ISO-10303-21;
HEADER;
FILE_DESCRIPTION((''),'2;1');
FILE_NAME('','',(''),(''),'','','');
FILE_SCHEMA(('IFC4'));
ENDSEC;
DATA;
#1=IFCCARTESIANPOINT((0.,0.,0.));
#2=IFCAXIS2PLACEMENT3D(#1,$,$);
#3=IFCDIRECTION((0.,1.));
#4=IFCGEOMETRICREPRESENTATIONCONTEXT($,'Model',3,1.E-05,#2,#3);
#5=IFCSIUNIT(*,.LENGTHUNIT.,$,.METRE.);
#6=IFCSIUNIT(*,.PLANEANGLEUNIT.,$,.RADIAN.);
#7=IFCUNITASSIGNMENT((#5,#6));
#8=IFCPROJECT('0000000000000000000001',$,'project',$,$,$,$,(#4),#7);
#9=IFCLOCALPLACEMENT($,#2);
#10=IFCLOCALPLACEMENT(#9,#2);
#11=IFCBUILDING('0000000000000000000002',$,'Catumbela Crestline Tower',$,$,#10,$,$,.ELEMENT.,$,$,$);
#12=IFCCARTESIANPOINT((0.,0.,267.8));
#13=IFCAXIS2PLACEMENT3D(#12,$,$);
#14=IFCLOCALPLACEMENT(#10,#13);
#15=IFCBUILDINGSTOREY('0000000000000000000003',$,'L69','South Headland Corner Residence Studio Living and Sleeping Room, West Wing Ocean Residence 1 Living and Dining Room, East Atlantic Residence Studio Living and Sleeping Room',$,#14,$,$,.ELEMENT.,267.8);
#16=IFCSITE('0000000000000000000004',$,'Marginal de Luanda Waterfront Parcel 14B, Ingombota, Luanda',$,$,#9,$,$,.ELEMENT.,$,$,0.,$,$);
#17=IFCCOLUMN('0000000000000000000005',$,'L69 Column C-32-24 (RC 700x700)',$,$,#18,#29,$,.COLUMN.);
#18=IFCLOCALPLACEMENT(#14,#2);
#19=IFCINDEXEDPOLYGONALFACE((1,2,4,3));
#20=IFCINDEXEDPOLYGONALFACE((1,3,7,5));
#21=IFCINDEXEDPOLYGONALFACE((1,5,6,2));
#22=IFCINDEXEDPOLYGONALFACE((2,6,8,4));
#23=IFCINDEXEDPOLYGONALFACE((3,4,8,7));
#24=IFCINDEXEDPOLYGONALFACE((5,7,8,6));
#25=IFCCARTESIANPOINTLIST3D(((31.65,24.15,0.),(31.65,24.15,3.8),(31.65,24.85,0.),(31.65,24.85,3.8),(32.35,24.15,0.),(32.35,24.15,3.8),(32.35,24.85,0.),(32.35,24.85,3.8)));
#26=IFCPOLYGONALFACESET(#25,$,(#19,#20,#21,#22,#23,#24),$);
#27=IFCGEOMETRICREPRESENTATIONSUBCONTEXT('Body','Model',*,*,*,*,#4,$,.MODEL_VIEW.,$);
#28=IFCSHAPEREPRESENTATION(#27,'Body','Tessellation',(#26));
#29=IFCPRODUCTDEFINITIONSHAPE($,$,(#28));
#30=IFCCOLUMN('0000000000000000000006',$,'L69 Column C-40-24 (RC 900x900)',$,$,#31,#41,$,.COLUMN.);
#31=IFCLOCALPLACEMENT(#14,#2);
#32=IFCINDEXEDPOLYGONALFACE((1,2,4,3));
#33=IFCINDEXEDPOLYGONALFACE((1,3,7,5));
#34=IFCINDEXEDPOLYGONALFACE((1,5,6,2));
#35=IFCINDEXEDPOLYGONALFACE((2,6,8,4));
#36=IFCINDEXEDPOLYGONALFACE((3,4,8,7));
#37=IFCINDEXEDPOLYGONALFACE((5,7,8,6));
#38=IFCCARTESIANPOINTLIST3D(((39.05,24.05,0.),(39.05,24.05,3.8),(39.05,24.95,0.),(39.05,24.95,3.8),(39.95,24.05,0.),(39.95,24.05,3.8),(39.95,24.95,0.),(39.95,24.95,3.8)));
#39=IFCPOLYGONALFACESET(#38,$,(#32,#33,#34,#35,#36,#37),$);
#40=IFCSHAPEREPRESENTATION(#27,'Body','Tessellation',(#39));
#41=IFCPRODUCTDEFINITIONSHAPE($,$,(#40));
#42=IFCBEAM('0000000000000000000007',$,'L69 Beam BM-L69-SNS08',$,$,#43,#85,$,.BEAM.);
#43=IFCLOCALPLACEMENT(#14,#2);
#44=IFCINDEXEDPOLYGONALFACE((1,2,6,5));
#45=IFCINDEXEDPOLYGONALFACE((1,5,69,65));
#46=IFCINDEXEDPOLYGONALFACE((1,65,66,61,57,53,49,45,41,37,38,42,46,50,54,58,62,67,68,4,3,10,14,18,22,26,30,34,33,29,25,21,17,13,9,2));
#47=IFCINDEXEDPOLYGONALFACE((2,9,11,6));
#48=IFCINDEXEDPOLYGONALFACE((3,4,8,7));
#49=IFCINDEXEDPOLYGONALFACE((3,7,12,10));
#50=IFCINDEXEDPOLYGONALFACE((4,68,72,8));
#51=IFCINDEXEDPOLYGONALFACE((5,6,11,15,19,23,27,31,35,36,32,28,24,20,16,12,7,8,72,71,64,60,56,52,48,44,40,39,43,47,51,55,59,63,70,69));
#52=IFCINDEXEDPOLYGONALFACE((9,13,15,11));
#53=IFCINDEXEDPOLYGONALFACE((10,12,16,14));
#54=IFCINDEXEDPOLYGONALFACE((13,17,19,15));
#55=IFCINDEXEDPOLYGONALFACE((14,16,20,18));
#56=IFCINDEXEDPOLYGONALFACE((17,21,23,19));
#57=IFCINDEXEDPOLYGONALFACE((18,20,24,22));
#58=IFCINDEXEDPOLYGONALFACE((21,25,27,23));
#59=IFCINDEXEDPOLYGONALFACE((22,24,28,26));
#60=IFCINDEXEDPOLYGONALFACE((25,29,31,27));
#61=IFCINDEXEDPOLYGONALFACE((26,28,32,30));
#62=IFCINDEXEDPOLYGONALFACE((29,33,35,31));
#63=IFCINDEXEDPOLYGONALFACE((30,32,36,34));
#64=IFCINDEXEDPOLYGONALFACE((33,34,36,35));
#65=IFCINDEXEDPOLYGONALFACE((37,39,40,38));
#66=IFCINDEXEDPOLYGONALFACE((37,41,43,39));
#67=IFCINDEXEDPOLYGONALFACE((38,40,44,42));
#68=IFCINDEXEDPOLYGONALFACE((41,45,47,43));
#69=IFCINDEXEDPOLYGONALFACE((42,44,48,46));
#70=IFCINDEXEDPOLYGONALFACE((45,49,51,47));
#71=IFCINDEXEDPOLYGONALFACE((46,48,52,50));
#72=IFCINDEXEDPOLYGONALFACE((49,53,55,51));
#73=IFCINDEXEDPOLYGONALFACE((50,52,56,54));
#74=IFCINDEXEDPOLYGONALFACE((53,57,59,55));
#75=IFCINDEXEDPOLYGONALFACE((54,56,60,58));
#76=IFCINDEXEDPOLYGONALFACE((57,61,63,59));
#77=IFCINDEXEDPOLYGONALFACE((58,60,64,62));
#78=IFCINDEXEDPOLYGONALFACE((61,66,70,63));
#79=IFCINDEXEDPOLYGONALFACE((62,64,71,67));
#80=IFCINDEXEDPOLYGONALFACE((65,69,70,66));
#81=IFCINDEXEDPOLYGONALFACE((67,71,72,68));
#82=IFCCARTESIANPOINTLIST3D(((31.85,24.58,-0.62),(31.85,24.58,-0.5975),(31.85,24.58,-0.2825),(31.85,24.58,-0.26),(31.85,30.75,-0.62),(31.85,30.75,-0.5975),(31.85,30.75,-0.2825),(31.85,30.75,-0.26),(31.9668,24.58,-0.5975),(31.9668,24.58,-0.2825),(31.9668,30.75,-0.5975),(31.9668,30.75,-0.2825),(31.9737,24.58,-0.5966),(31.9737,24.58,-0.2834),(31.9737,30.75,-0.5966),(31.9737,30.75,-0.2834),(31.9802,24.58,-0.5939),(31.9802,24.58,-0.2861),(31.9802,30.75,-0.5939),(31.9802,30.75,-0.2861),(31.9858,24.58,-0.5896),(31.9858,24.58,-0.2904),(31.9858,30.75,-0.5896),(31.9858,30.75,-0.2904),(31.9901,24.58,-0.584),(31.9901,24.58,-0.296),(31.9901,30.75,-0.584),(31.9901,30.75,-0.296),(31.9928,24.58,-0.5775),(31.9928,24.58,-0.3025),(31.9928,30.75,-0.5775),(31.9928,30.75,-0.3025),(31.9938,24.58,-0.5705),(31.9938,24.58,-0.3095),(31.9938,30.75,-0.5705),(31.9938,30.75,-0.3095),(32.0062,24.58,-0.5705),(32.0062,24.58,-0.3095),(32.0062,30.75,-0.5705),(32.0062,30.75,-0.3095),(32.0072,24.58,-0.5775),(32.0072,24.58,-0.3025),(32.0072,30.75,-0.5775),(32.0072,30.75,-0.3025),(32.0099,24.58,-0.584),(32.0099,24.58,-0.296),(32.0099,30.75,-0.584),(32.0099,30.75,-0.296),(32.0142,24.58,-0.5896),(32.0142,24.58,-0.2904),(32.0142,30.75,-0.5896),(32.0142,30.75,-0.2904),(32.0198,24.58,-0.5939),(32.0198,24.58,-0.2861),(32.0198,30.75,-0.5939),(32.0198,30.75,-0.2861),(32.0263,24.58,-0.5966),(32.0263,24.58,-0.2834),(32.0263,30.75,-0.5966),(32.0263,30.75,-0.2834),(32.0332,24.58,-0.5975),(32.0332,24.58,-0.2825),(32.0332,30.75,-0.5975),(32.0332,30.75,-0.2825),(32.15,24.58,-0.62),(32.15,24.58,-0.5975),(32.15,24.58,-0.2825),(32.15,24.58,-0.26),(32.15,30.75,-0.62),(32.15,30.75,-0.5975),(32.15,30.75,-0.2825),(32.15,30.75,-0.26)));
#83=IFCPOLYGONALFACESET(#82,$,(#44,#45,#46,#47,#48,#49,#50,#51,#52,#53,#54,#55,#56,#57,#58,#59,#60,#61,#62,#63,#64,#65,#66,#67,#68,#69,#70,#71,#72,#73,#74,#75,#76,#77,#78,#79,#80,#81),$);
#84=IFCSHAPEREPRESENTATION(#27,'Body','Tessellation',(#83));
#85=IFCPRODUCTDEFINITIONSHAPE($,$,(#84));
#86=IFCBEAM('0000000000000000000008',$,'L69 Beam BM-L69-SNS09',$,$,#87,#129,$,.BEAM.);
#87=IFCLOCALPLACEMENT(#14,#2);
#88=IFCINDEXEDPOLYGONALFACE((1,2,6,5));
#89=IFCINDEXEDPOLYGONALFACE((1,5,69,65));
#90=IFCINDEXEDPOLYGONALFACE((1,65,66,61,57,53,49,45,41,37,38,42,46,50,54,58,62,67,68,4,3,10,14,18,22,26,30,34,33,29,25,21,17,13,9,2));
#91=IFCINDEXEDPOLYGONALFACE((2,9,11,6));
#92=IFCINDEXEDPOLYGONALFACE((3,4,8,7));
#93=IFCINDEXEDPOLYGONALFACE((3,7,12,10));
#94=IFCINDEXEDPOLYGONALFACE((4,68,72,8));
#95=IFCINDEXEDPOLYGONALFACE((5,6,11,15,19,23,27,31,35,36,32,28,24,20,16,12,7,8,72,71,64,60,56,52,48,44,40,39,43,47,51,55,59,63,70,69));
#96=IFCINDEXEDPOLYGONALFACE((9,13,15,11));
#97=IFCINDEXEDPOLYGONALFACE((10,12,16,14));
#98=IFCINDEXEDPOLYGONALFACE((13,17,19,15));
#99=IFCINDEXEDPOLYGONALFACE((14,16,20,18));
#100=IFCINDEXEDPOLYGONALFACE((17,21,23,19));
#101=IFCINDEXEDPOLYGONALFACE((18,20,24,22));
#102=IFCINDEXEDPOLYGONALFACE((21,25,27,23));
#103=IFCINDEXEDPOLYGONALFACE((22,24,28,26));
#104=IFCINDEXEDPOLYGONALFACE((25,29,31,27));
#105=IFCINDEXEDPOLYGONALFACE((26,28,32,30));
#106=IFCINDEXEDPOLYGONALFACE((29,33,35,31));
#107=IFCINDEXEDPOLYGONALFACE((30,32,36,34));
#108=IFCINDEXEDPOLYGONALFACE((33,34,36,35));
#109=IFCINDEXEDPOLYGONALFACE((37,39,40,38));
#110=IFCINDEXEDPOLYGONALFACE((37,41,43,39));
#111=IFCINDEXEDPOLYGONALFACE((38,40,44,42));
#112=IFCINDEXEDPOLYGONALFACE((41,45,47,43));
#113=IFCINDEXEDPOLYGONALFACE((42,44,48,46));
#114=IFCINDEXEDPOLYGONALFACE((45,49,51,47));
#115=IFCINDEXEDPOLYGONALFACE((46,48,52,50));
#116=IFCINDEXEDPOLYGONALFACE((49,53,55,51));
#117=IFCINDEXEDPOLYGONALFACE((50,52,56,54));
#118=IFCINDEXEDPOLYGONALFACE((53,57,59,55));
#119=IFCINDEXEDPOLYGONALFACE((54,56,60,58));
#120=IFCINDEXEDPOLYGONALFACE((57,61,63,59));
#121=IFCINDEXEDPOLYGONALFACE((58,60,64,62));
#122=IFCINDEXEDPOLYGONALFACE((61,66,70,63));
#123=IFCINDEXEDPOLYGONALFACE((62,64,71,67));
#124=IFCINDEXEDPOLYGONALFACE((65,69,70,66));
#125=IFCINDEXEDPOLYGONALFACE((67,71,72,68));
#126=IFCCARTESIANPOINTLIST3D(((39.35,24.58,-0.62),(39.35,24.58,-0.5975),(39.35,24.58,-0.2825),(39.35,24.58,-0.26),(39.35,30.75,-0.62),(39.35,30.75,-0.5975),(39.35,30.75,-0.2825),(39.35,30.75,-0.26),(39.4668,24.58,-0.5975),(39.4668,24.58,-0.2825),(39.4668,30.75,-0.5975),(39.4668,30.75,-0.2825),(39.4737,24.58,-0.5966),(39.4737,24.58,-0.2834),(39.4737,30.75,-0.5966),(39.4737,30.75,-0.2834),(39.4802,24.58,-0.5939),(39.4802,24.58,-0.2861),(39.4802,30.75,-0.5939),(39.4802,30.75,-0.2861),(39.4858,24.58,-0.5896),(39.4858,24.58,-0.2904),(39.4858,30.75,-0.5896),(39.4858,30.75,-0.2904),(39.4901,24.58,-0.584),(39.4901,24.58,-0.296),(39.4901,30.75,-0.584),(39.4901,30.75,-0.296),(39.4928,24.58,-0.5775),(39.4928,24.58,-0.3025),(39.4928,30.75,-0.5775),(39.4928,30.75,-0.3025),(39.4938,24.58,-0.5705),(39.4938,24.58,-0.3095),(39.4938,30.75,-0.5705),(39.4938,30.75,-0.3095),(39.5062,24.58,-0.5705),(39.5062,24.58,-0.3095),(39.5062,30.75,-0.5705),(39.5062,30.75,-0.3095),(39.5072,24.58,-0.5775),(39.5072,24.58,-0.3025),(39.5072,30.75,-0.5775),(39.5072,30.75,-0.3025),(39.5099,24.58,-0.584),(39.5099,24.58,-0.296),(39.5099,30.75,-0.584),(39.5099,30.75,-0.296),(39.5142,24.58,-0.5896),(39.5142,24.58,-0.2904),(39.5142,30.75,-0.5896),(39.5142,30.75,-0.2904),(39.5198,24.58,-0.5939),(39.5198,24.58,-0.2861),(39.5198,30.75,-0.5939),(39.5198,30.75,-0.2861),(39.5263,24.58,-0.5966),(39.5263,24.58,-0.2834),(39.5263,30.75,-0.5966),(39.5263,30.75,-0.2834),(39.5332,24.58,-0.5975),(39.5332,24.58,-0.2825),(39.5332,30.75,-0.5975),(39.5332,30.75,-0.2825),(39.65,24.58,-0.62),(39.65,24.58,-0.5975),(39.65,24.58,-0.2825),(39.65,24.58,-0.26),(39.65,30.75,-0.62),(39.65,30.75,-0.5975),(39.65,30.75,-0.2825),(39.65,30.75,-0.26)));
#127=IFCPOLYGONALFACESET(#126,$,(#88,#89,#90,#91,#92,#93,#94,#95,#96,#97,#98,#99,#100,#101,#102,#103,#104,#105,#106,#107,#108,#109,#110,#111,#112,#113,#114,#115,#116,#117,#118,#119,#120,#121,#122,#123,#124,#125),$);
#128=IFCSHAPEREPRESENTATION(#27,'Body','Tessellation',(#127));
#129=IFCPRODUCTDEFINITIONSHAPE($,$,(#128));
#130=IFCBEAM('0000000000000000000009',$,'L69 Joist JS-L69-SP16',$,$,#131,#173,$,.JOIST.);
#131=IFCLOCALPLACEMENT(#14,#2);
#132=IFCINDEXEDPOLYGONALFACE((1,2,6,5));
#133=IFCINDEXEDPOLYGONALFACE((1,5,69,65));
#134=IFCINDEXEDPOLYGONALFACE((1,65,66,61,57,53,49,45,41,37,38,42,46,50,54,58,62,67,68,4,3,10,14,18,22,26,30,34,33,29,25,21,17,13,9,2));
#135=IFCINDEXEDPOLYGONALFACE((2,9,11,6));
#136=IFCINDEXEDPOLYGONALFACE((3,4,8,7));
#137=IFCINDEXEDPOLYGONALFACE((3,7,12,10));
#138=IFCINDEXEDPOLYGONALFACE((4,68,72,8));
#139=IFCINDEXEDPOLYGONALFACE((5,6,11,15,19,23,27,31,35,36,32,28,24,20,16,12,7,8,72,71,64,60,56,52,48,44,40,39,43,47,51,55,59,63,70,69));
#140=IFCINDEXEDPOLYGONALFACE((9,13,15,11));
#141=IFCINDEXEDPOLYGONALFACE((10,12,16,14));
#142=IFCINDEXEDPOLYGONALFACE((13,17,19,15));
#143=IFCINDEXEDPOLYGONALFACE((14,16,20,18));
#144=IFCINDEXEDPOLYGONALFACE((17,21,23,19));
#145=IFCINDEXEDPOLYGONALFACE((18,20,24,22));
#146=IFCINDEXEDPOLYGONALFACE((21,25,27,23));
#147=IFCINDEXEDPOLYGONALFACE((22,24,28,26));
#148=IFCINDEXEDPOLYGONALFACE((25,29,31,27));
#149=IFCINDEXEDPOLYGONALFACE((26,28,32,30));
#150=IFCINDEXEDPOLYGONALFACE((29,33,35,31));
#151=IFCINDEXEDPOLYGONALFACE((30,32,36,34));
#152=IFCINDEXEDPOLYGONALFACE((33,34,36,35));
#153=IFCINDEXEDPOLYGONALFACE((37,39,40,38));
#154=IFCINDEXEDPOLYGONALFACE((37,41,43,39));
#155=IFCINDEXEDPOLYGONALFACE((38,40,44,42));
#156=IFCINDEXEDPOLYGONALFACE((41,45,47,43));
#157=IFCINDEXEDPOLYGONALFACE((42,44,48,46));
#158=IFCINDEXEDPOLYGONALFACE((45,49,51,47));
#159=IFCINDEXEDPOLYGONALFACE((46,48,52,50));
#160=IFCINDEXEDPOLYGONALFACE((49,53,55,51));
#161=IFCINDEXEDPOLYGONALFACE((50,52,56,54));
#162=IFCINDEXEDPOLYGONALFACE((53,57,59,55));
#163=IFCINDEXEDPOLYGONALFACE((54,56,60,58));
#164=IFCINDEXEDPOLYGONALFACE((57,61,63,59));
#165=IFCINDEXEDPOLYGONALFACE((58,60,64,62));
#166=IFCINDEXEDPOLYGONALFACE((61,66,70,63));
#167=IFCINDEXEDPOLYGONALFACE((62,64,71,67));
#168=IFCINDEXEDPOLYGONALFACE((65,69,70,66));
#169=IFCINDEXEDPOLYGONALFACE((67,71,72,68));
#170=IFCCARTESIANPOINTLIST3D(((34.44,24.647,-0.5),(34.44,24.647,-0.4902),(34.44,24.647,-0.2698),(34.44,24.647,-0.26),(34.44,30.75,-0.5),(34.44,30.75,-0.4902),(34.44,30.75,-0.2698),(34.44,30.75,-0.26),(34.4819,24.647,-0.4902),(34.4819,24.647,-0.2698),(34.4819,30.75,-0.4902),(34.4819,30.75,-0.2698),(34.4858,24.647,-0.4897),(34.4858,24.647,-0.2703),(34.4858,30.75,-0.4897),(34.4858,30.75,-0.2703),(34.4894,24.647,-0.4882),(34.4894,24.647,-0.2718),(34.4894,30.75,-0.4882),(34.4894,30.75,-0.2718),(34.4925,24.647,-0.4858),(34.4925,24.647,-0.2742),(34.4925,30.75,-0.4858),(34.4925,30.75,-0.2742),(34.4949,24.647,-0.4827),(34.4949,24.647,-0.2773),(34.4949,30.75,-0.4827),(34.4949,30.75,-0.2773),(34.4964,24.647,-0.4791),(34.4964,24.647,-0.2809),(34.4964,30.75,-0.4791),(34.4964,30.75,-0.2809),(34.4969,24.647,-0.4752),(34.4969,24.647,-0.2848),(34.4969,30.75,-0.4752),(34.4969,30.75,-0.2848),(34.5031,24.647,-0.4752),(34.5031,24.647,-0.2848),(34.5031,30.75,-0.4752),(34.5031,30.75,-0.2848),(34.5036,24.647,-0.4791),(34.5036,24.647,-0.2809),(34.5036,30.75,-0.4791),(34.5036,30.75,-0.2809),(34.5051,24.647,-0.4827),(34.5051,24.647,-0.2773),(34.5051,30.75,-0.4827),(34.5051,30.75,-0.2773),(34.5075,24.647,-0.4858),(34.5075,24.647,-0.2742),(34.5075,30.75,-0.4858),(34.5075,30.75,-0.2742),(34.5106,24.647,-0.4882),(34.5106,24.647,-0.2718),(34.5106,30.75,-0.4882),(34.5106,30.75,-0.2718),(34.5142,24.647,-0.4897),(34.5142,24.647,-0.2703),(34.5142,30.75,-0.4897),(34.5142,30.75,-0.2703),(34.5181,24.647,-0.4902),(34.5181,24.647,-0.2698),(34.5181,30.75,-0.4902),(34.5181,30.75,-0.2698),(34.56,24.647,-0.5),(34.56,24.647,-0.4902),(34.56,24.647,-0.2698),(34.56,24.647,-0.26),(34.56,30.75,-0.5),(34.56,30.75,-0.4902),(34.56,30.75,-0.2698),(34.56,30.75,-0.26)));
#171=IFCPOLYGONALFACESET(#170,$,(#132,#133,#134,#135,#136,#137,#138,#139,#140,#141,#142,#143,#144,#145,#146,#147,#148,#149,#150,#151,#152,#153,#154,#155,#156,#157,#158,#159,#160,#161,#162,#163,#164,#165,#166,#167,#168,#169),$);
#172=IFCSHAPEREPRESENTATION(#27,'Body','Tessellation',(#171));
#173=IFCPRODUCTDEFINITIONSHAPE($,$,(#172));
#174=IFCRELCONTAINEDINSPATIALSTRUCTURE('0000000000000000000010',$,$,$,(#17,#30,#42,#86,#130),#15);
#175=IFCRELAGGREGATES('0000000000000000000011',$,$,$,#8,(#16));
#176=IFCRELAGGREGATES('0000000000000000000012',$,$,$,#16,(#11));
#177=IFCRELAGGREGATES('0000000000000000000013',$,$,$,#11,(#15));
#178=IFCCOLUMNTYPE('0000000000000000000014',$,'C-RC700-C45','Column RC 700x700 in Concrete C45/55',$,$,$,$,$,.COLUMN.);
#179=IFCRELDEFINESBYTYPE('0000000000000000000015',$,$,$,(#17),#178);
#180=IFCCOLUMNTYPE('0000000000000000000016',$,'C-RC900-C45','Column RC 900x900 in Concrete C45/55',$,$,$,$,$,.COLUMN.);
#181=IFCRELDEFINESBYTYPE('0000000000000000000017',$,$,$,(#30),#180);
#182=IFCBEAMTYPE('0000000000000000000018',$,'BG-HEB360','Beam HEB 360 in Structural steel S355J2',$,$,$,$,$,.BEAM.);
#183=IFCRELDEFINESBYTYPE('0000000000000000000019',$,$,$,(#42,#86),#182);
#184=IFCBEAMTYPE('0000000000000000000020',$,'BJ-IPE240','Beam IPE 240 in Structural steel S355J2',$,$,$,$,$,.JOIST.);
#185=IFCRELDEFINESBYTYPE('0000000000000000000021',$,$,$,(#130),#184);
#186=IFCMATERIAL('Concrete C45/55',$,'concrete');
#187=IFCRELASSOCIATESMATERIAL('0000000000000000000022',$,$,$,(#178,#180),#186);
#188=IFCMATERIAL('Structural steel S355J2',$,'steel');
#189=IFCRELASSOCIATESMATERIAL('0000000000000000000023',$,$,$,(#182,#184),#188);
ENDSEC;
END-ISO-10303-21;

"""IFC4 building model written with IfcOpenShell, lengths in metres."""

from ifc_helpers import new_model, si_unit, direction, frame, origin, origin_2d, place, context, subcontext, project, spatial, rectangle, i_section, extrude, material, material_profile, profile_set, type_object, element, save


model = new_model("IFC4")

# Units and contexts
model_context = context("Model", 3, precision=1e-05, world=origin(), true_north=direction((0.0, 1.0)))
body_context = subcontext(model_context, "Body", "Model", "MODEL_VIEW")
ifc_project = project(units=[si_unit("LENGTHUNIT", "METRE"), si_unit("PLANEANGLEUNIT", "RADIAN")], contexts=[model_context])

# Site, building, storey
site_placement = place(None, origin())
site = spatial("IfcSite", under=ifc_project, at=site_placement, Name="Marginal de Luanda Waterfront Parcel 14B, Ingombota, Luanda", CompositionType="ELEMENT", RefElevation=0.0)
building_placement = place(site_placement, origin())
building = spatial("IfcBuilding", under=site, at=building_placement, Name="Catumbela Crestline Tower", CompositionType="ELEMENT")
storey_placement = place(building_placement, frame((0.0, 0.0, 267.8)))
storey = spatial("IfcBuildingStorey", under=building, at=storey_placement, Name="L69", Description="South Headland Corner Residence Studio Living and Sleeping Room, West Wing Ocean Residence 1 Living and Dining Room, East Atlantic Residence Studio Living and Sleeping Room", CompositionType="ELEMENT", Elevation=267.8)

# Columns
ifc_material_1 = material(Name="Concrete C45/55", Category="concrete")
ifc_material_profile_1 = material_profile(ifc_material_1, rectangle(XDim=0.7, YDim=0.7, at=origin_2d()), Name="RC 700x700")
ifc_profile_set_1 = profile_set([ifc_material_profile_1], Name="Concrete C45/55")
column_type_1 = type_object("IfcColumnType", Name="C-RC700-C45", Description="Column RC 700x700 in Concrete C45/55", PredefinedType="COLUMN", material=ifc_profile_set_1)
column_1_placement = place(storey_placement, frame((32.0, 24.5, 0.0), z_axis=(0.0, 0.0, 1.0), x_axis=(1.0, 0.0, 0.0)))
element("IfcColumn", 1, at=column_1_placement, inside=storey, type_object=column_type_1, Name="L69 Column C-32-24 (RC 700x700)", PredefinedType="COLUMN", context=body_context, shape_type="SweptSolid", body=[
    extrude(rectangle(XDim=0.7, YDim=0.7, at=origin_2d()), origin(), (0.0, 0.0, 1.0), 3.8),
])
ifc_material_profile_2 = material_profile(ifc_material_1, rectangle(XDim=0.9, YDim=0.9, at=origin_2d()), Name="RC 900x900")
ifc_profile_set_2 = profile_set([ifc_material_profile_2], Name="Concrete C45/55")
column_type_2 = type_object("IfcColumnType", Name="C-RC900-C45", Description="Column RC 900x900 in Concrete C45/55", PredefinedType="COLUMN", material=ifc_profile_set_2)
column_2_placement = place(storey_placement, frame((39.5, 24.5, 0.0), z_axis=(0.0, 0.0, 1.0), x_axis=(1.0, 0.0, 0.0)))
element("IfcColumn", 2, at=column_2_placement, inside=storey, type_object=column_type_2, Name="L69 Column C-40-24 (RC 900x900)", PredefinedType="COLUMN", context=body_context, shape_type="SweptSolid", body=[
    extrude(rectangle(XDim=0.9, YDim=0.9, at=origin_2d()), origin(), (0.0, 0.0, 1.0), 3.8),
])

# Beams
ifc_material_2 = material(Name="Structural steel S355J2", Category="steel")
ifc_material_profile_3 = material_profile(ifc_material_2, i_section(OverallWidth=0.3, OverallDepth=0.36, WebThickness=0.0125, FlangeThickness=0.0225, FilletRadius=0.027, at=origin_2d()), Name="HEB 360")
ifc_profile_set_3 = profile_set([ifc_material_profile_3], Name="Structural steel S355J2")
beam_type_1 = type_object("IfcBeamType", Name="BG-HEB360", Description="Beam HEB 360 in Structural steel S355J2", PredefinedType="BEAM", material=ifc_profile_set_3)
for number, where, z_axis, x_axis, name in (
    (3, (32.0, 24.58, -0.44), (0.0, 1.0, 0.0), (-1.0, 0.0, 0.0), "L69 Beam BM-L69-SNS08"),
    (4, (39.5, 24.58, -0.44), (0.0, 1.0, 0.0), (-1.0, 0.0, 0.0), "L69 Beam BM-L69-SNS09"),
):
    element("IfcBeam", number, at=place(storey_placement, frame(where, z_axis=z_axis, x_axis=x_axis)), inside=storey, type_object=beam_type_1, Name=name, PredefinedType="BEAM", context=body_context, shape_type="SweptSolid", body=[
        extrude(i_section(OverallWidth=0.3, OverallDepth=0.36, WebThickness=0.0125, FlangeThickness=0.0225, FilletRadius=0.027, at=origin_2d()), origin(), (0.0, 0.0, 1.0), 6.17),
    ])
ifc_material_profile_4 = material_profile(ifc_material_2, i_section(OverallWidth=0.12, OverallDepth=0.24, WebThickness=0.0062, FlangeThickness=0.0098, FilletRadius=0.015, at=origin_2d()), Name="IPE 240")
ifc_profile_set_4 = profile_set([ifc_material_profile_4], Name="Structural steel S355J2")
beam_type_2 = type_object("IfcBeamType", Name="BJ-IPE240", Description="Beam IPE 240 in Structural steel S355J2", PredefinedType="JOIST", material=ifc_profile_set_4)
for number, where, z_axis, x_axis, name in (
    (5, (34.5, 24.647, -0.38), (0.0, 1.0, 0.0), (-1.0, 0.0, 0.0), "L69 Joist JS-L69-SP16"),
):
    element("IfcBeam", number, at=place(storey_placement, frame(where, z_axis=z_axis, x_axis=x_axis)), inside=storey, type_object=beam_type_2, Name=name, PredefinedType="JOIST", context=body_context, shape_type="SweptSolid", body=[
        extrude(i_section(OverallWidth=0.12, OverallDepth=0.24, WebThickness=0.0062, FlangeThickness=0.0098, FilletRadius=0.015, at=origin_2d()), origin(), (0.0, 0.0, 1.0), 6.103),
    ])

save(model, "model.ifc")
